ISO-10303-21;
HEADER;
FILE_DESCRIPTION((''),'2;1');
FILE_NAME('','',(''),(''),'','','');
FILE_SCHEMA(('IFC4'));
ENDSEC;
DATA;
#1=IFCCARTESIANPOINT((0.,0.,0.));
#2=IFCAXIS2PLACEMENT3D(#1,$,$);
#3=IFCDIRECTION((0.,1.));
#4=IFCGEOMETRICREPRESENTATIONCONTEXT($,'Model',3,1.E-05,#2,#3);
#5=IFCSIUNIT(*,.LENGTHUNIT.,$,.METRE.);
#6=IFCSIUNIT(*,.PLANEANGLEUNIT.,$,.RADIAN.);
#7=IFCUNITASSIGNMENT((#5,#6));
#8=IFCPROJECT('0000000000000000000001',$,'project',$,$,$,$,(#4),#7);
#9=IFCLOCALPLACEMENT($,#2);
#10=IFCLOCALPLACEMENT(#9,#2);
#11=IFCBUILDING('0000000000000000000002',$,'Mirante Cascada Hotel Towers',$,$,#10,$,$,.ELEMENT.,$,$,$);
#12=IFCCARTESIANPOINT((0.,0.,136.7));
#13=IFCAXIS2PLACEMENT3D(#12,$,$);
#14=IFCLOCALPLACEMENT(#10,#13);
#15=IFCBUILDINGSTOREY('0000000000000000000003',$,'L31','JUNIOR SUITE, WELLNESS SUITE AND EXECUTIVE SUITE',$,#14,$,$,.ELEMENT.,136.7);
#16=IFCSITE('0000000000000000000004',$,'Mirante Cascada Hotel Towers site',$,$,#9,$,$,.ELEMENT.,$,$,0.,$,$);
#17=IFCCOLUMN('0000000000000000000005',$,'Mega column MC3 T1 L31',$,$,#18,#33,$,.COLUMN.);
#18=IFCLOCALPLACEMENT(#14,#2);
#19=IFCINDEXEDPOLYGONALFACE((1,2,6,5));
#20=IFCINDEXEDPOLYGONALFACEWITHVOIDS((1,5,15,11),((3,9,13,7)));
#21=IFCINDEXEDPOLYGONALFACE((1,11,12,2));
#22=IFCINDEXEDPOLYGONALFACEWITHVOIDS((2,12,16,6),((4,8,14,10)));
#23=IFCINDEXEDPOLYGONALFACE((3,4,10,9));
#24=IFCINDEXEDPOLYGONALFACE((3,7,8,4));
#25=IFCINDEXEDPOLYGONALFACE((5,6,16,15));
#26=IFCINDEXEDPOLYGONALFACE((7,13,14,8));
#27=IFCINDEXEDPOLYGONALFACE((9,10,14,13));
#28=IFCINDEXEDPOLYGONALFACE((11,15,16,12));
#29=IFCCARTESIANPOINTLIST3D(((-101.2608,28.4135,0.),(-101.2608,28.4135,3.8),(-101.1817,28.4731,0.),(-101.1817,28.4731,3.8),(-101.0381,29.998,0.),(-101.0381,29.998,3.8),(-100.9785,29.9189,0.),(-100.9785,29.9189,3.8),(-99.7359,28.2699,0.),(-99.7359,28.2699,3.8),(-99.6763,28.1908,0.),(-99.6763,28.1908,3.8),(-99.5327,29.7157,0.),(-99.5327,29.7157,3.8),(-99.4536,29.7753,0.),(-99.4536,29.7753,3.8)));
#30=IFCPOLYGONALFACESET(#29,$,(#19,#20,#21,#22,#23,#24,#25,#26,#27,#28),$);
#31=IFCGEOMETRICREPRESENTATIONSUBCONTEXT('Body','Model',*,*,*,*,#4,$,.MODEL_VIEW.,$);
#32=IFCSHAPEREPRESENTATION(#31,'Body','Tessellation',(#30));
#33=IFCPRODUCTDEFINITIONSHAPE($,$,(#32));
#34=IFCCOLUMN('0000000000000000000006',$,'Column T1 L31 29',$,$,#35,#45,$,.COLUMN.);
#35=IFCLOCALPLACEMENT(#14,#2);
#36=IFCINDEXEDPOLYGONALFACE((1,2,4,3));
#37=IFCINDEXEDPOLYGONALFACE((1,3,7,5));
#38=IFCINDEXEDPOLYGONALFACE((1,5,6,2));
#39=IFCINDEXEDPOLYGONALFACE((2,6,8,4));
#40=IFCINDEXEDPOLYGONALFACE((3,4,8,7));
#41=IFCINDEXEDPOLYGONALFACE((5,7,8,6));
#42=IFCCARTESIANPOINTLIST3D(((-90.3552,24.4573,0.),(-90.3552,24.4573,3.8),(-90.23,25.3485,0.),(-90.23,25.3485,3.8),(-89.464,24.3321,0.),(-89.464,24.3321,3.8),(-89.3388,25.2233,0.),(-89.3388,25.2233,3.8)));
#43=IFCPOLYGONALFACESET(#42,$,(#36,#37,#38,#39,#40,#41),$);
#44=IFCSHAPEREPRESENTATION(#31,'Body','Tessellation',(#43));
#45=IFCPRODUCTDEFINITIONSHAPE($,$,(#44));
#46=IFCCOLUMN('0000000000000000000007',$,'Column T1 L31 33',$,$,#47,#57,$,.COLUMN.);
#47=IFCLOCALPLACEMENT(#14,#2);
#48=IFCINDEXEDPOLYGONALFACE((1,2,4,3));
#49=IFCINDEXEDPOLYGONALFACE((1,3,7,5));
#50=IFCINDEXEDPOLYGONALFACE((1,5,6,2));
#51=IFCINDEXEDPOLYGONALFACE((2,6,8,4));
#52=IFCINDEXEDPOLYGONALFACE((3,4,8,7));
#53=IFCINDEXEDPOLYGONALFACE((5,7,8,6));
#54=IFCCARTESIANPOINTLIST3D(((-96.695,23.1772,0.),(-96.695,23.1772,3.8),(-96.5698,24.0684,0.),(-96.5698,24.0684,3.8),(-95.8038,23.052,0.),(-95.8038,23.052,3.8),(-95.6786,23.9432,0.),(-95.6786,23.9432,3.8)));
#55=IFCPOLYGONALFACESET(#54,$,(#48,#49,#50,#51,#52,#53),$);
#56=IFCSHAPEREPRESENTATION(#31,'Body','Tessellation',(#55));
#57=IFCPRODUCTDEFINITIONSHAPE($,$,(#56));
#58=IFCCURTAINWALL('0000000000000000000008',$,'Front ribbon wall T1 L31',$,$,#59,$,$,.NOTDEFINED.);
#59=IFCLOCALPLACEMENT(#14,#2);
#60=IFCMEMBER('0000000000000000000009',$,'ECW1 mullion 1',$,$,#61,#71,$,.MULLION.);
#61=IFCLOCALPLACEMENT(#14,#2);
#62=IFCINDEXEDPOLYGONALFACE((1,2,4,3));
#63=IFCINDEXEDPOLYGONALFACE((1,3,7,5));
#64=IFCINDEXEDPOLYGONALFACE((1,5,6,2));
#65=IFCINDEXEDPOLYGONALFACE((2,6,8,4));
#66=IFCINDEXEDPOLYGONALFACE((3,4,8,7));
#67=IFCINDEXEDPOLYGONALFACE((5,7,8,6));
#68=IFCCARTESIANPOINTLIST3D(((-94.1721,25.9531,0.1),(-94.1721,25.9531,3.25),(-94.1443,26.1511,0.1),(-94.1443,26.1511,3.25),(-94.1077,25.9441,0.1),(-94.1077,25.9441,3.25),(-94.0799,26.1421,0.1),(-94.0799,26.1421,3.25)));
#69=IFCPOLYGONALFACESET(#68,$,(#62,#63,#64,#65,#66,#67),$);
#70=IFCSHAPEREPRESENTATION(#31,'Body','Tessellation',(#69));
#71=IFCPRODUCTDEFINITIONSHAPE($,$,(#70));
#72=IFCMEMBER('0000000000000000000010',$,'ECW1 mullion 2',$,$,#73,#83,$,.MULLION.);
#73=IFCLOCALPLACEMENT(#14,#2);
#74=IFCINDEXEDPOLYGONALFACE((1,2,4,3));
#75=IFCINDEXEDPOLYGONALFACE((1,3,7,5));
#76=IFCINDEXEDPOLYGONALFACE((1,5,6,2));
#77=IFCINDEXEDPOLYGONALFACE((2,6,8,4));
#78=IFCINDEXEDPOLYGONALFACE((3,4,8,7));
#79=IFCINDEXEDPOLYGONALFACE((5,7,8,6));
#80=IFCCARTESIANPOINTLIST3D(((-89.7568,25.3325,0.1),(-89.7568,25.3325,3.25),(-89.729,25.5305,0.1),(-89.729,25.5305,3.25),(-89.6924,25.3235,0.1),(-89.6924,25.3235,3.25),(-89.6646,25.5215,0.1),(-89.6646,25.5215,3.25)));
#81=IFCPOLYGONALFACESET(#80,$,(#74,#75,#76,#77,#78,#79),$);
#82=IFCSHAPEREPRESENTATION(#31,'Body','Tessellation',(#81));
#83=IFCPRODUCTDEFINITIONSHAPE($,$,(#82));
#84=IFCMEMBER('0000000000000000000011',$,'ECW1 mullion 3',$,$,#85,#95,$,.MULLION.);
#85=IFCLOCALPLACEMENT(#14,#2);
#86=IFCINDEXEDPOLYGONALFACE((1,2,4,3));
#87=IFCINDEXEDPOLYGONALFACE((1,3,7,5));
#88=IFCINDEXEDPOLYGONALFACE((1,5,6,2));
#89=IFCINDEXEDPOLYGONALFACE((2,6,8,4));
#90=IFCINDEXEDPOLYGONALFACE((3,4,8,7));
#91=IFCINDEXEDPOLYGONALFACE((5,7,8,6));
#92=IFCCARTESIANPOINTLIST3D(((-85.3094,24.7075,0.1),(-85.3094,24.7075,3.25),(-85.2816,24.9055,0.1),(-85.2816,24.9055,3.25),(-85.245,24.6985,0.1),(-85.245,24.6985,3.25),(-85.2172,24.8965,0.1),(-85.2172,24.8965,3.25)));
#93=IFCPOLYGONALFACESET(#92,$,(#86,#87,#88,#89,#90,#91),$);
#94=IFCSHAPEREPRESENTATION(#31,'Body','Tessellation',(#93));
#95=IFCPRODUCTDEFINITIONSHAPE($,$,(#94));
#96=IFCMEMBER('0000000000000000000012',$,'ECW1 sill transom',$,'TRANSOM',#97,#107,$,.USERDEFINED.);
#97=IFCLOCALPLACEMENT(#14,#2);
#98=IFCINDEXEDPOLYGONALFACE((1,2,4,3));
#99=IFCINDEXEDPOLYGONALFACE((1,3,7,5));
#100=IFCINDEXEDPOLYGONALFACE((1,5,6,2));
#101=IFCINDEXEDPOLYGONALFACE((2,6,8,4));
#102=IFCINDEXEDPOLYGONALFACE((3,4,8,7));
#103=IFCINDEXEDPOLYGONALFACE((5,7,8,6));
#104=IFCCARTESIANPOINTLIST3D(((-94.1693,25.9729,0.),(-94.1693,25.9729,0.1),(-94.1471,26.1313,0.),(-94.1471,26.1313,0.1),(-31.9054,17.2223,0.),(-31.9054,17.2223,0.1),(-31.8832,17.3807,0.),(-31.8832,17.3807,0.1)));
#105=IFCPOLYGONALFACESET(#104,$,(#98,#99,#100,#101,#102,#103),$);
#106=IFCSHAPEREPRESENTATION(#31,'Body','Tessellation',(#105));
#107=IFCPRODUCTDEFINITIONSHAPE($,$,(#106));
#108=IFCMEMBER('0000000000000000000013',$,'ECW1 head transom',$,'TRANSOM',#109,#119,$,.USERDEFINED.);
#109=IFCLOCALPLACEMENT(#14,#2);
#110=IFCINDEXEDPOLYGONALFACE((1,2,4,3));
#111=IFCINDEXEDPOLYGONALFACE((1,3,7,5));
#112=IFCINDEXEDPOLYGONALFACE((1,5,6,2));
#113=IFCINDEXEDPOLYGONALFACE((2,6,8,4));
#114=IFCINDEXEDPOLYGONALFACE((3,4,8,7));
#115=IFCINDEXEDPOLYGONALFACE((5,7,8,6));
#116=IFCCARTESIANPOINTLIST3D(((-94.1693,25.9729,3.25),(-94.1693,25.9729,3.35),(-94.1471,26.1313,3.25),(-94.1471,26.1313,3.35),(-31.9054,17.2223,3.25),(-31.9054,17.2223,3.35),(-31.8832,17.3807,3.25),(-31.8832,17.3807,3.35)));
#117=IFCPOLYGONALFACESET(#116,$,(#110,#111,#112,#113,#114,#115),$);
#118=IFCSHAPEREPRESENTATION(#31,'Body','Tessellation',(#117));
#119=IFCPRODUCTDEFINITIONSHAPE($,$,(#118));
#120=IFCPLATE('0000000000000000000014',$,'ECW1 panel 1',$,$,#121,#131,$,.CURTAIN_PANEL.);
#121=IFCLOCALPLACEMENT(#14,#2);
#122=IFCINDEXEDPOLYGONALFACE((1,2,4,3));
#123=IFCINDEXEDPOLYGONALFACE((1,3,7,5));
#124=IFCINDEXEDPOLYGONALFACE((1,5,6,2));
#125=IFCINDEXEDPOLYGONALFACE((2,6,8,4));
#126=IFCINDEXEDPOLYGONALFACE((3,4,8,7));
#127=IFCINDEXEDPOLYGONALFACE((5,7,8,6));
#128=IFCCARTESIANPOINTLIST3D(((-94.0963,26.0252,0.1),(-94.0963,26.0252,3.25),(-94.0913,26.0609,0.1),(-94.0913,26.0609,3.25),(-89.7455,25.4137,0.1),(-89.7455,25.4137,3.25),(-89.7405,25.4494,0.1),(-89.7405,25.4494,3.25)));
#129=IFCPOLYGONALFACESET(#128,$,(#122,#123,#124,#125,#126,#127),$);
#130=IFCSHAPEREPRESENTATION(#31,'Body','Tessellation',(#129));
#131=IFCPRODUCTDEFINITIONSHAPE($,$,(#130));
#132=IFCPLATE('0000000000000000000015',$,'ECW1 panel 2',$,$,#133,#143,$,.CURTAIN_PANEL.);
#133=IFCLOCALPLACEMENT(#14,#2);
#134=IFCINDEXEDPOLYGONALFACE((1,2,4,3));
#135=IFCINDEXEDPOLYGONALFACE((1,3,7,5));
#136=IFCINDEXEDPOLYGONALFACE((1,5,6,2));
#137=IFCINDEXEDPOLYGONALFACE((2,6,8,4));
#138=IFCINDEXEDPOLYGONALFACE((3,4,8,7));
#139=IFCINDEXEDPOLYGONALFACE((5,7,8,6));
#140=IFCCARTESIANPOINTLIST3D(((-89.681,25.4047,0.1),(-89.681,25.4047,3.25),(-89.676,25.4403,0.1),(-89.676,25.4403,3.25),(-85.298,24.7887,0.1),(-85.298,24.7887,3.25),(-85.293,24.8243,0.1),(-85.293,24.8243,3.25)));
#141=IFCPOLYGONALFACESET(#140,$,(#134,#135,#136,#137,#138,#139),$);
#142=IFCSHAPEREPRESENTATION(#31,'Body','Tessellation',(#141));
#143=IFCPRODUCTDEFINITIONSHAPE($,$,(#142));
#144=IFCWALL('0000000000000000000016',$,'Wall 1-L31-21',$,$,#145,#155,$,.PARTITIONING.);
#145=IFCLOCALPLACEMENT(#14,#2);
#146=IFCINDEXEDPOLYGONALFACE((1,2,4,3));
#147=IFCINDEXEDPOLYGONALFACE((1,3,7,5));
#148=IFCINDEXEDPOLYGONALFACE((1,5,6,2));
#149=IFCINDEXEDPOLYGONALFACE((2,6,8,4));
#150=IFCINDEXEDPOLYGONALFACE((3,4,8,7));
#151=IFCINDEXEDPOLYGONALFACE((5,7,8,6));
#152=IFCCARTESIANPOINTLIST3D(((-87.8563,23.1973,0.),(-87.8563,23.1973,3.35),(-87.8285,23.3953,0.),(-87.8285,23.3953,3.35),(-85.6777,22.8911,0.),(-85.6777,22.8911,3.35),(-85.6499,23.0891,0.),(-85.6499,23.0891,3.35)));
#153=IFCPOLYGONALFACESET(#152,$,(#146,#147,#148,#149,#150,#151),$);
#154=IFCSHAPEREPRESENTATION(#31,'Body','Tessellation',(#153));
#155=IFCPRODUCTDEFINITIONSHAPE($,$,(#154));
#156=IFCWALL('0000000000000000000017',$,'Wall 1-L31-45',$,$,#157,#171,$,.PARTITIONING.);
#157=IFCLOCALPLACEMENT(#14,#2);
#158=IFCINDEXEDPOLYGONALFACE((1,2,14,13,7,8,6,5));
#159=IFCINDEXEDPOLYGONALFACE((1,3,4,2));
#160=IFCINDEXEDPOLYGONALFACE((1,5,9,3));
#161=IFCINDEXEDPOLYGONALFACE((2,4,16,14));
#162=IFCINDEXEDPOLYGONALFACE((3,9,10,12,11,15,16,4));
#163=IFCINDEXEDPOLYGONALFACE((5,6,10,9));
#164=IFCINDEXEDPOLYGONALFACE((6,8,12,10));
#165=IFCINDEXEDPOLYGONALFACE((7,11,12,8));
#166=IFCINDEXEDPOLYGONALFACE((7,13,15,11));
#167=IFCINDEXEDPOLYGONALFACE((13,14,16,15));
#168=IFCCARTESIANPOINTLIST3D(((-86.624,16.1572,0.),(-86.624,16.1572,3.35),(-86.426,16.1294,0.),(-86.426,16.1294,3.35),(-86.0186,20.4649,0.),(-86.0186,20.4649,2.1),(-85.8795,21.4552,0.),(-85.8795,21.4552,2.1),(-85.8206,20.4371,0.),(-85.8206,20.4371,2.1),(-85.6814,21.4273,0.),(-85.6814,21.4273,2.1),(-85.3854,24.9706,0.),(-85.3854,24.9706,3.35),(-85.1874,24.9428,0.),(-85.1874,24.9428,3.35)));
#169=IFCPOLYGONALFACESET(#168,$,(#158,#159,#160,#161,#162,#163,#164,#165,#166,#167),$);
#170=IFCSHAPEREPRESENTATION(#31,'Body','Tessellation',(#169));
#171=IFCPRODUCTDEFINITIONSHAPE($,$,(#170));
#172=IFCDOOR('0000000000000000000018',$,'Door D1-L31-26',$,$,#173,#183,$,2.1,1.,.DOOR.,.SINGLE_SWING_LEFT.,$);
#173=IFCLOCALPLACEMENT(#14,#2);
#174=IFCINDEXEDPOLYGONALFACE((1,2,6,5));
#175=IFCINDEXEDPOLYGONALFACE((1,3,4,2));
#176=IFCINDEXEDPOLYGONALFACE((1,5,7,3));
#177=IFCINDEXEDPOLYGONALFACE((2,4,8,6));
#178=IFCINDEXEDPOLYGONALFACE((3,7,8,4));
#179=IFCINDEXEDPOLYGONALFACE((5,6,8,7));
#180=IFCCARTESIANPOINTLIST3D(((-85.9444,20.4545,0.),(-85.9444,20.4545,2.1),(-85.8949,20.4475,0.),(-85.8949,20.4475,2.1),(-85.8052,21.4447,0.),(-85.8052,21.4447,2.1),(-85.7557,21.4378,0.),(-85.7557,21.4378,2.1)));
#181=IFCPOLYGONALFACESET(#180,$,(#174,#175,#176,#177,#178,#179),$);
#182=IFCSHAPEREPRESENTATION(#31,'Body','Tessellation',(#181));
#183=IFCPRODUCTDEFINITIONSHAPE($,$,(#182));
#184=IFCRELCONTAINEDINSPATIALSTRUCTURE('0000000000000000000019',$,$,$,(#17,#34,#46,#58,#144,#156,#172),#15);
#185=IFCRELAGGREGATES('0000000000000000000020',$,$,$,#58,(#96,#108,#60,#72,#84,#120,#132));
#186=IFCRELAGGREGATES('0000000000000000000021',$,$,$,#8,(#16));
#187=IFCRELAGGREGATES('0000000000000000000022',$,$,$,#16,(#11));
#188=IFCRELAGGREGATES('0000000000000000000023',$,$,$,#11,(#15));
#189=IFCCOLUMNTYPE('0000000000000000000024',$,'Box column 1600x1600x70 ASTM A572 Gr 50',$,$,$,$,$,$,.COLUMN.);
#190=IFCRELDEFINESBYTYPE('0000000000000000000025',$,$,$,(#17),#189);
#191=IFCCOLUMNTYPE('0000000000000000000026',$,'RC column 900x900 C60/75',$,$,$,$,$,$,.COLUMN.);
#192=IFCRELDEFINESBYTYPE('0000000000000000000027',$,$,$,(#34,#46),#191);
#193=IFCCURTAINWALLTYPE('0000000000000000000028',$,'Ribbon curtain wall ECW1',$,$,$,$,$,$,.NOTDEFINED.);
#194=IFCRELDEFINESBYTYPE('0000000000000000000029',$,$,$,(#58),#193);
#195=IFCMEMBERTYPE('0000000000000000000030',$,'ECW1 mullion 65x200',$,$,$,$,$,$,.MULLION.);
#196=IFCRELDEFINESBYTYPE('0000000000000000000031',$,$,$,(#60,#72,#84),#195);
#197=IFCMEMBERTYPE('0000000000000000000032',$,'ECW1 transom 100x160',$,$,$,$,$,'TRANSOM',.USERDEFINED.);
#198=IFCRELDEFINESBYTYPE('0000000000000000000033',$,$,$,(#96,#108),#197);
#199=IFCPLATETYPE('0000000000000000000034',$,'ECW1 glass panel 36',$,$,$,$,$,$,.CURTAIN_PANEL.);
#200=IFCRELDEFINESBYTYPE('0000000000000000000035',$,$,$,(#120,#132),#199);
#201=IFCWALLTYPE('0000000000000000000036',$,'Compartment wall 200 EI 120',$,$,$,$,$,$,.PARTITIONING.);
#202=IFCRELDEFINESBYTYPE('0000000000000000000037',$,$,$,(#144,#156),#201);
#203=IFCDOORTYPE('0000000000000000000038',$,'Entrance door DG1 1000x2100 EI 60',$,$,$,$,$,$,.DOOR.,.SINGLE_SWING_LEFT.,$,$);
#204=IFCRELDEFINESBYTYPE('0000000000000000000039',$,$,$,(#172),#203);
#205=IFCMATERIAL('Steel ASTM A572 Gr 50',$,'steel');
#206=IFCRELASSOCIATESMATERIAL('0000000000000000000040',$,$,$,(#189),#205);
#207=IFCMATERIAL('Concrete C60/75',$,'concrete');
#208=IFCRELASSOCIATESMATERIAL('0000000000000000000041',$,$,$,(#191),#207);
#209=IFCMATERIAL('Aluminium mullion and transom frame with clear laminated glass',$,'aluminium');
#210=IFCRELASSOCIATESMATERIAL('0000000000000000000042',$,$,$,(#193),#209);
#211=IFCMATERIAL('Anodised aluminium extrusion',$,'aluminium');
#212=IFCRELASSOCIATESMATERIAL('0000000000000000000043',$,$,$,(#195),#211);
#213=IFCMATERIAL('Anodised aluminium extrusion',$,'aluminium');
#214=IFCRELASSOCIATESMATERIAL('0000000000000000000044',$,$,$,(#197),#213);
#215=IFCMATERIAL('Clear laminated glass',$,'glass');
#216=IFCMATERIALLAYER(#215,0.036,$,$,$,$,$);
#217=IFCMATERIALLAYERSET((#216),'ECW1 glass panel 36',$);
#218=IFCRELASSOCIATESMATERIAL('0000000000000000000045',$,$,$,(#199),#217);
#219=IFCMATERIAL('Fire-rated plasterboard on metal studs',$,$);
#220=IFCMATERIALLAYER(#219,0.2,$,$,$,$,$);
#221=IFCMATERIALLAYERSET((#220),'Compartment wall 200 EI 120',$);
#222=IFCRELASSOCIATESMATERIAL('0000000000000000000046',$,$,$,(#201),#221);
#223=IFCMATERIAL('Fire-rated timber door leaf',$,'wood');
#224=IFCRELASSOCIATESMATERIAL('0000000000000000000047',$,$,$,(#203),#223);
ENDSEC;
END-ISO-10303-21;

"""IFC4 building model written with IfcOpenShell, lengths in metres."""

from ifc_helpers import new_model, si_unit, direction, frame, frame_2d, origin, origin_2d, place, context, subcontext, project, spatial, rectangle, hollow_rectangle, extrude, material, layer, layer_set, material_profile, profile_set, type_object, element, fill, aggregate, save


model = new_model("IFC4")

# Units and contexts
model_context = context("Model", 3, precision=1e-05, world=origin(), true_north=direction((0.0, 1.0)))
body_context = subcontext(model_context, "Body", "Model", "MODEL_VIEW")
ifc_project = project(units=[si_unit("LENGTHUNIT", "METRE"), si_unit("PLANEANGLEUNIT", "RADIAN")], contexts=[model_context])

# Site, building, storey
site_placement = place(None, origin())
site = spatial("IfcSite", under=ifc_project, at=site_placement, Name="Mirante Cascada Hotel Towers site", CompositionType="ELEMENT", RefElevation=0.0)
building_placement = place(site_placement, origin())
building = spatial("IfcBuilding", under=site, at=building_placement, Name="Mirante Cascada Hotel Towers", CompositionType="ELEMENT")
storey_placement = place(building_placement, frame((0.0, 0.0, 136.7)))
storey = spatial("IfcBuildingStorey", under=building, at=storey_placement, Name="L31", Description="JUNIOR SUITE, WELLNESS SUITE AND EXECUTIVE SUITE", CompositionType="ELEMENT", Elevation=136.7)

# Columns
ifc_material_1 = material(Name="Steel ASTM A572 Gr 50", Category="steel")
ifc_material_profile_1 = material_profile(ifc_material_1, hollow_rectangle(XDim=1.6, YDim=1.6, WallThickness=0.07, at=origin_2d()), Name="Box column 1600x1600x70 ASTM A572 Gr 50")
ifc_profile_set_1 = profile_set([ifc_material_profile_1], Name="Steel ASTM A572 Gr 50")
column_type_1 = type_object("IfcColumnType", Name="Box column 1600x1600x70 ASTM A572 Gr 50", PredefinedType="COLUMN", material=ifc_profile_set_1)
column_placement = place(storey_placement, frame((-100.3572, 29.0944, 0.0), z_axis=(0.0, 0.0, 1.0), x_axis=(-0.990268, 0.139173, 0.0)))
element("IfcColumn", 1, at=column_placement, inside=storey, type_object=column_type_1, Name="Mega column MC3 T1 L31", PredefinedType="COLUMN", context=body_context, shape_type="SweptSolid", body=[
    extrude(hollow_rectangle(XDim=1.6, YDim=1.6, WallThickness=0.07, at=origin_2d()), origin(), (0.0, 0.0, 1.0), 3.8),
])
ifc_material_2 = material(Name="Concrete C60/75", Category="concrete")
ifc_material_profile_2 = material_profile(ifc_material_2, rectangle(XDim=0.9, YDim=0.9, at=origin_2d()), Name="RC column 900x900 C60/75")
ifc_profile_set_2 = profile_set([ifc_material_profile_2], Name="Concrete C60/75")
column_type_2 = type_object("IfcColumnType", Name="RC column 900x900 C60/75", PredefinedType="COLUMN", material=ifc_profile_set_2)
for number, where, z_axis, x_axis, name in (
    (2, (-89.847, 24.8403, 0.0), (0.0, 0.0, 1.0), (-0.990268, 0.139173, 0.0), "Column T1 L31 29"),
    (3, (-96.1868, 23.5602, 0.0), (0.0, 0.0, 1.0), (-0.990268, 0.139173, 0.0), "Column T1 L31 33"),
):
    element("IfcColumn", number, at=place(storey_placement, frame(where, z_axis=z_axis, x_axis=x_axis)), inside=storey, type_object=column_type_2, Name=name, PredefinedType="COLUMN", context=body_context, shape_type="SweptSolid", body=[
        extrude(rectangle(XDim=0.9, YDim=0.9, at=origin_2d()), origin(), (0.0, 0.0, 1.0), 3.8),
    ])

# Curtain wall, members, plates
ifc_material_3 = material(Name="Aluminium mullion and transom frame with clear laminated glass", Category="aluminium")
curtain_wall_type = type_object("IfcCurtainWallType", Name="Ribbon curtain wall ECW1", PredefinedType="NOTDEFINED", material=ifc_material_3)
curtain_wall_placement = place(storey_placement, origin())
curtain_wall = element("IfcCurtainWall", 4, at=curtain_wall_placement, inside=storey, type_object=curtain_wall_type, Name="Front ribbon wall T1 L31", PredefinedType="NOTDEFINED")
ifc_material_4 = material(Name="Anodised aluminium extrusion", Category="aluminium")
ifc_material_profile_3 = material_profile(ifc_material_4, rectangle(XDim=0.2, YDim=0.065, at=origin_2d()), Name="ECW1 MULLION 65x200")
ifc_profile_set_3 = profile_set([ifc_material_profile_3], Name="Anodised aluminium extrusion")
member_type_1 = type_object("IfcMemberType", Name="ECW1 mullion 65x200", PredefinedType="MULLION", material=ifc_profile_set_3)
member_1_placement = place(storey_placement, frame((-94.126, 26.0476, 0.1), z_axis=(0.0, 0.0, 1.0), x_axis=(0.139173, 0.990268, 0.0)))
member_1 = element("IfcMember", 5, at=member_1_placement, type_object=member_type_1, Name="ECW1 mullion 1", PredefinedType="MULLION", context=body_context, shape_type="SweptSolid", body=[
    extrude(rectangle(XDim=0.2, YDim=0.065, at=origin_2d()), origin(), (0.0, 0.0, 1.0), 3.15),
])
member_2_placement = place(storey_placement, frame((-89.7107, 25.427, 0.1), z_axis=(0.0, 0.0, 1.0), x_axis=(0.139173, 0.990268, 0.0)))
member_2 = element("IfcMember", 6, at=member_2_placement, type_object=member_type_1, Name="ECW1 mullion 2", PredefinedType="MULLION", context=body_context, shape_type="SweptSolid", body=[
    extrude(rectangle(XDim=0.2, YDim=0.065, at=origin_2d()), origin(), (0.0, 0.0, 1.0), 3.15),
])
member_3_placement = place(storey_placement, frame((-85.2633, 24.802, 0.1), z_axis=(0.0, 0.0, 1.0), x_axis=(0.139173, 0.990268, 0.0)))
member_3 = element("IfcMember", 7, at=member_3_placement, type_object=member_type_1, Name="ECW1 mullion 3", PredefinedType="MULLION", context=body_context, shape_type="SweptSolid", body=[
    extrude(rectangle(XDim=0.2, YDim=0.065, at=origin_2d()), origin(), (0.0, 0.0, 1.0), 3.15),
])
ifc_material_5 = material(Name="Anodised aluminium extrusion", Category="aluminium")
ifc_material_profile_4 = material_profile(ifc_material_5, rectangle(XDim=0.16, YDim=0.1, at=origin_2d()), Name="ECW1 TRANSOM 100x160")
ifc_profile_set_4 = profile_set([ifc_material_profile_4], Name="Anodised aluminium extrusion")
member_type_2 = type_object("IfcMemberType", Name="ECW1 transom 100x160", ElementType="TRANSOM", PredefinedType="USERDEFINED", material=ifc_profile_set_4)
member_4_placement = place(storey_placement, frame((-94.1582, 26.0521, 0.05), z_axis=(0.990268, -0.139173, 0.0), x_axis=(0.139173, 0.990268, 0.0)))
member_4 = element("IfcMember", 8, at=member_4_placement, type_object=member_type_2, Name="ECW1 sill transom", ObjectType="TRANSOM", PredefinedType="USERDEFINED", context=body_context, shape_type="SweptSolid", body=[
    extrude(rectangle(XDim=0.16, YDim=0.1, at=origin_2d()), origin(), (0.0, 0.0, 1.0), 62.8758),
])
member_5_placement = place(storey_placement, frame((-94.1582, 26.0521, 3.3), z_axis=(0.990268, -0.139173, 0.0), x_axis=(0.139173, 0.990268, 0.0)))
member_5 = element("IfcMember", 9, at=member_5_placement, type_object=member_type_2, Name="ECW1 head transom", ObjectType="TRANSOM", PredefinedType="USERDEFINED", context=body_context, shape_type="SweptSolid", body=[
    extrude(rectangle(XDim=0.16, YDim=0.1, at=origin_2d()), origin(), (0.0, 0.0, 1.0), 62.8758),
])
ifc_material_6 = material(Name="Clear laminated glass", Category="glass")
ifc_layer_1 = layer(ifc_material_6, 0.036)
ifc_layer_set_1 = layer_set([ifc_layer_1], Name="ECW1 glass panel 36")
plate_type = type_object("IfcPlateType", Name="ECW1 glass panel 36", PredefinedType="CURTAIN_PANEL", material=ifc_layer_set_1)
plate_1_placement = place(storey_placement, frame((-91.9184, 25.7373, 0.1), z_axis=(0.0, 0.0, 1.0), x_axis=(0.990268, -0.139173, 0.0)))
plate_1 = element("IfcPlate", 10, at=plate_1_placement, type_object=plate_type, Name="ECW1 panel 1", PredefinedType="CURTAIN_PANEL", context=body_context, shape_type="SweptSolid", body=[
    extrude(rectangle(XDim=4.3936, YDim=0.036, at=origin_2d()), origin(), (0.0, 0.0, 1.0), 3.15),
])
plate_2_placement = place(storey_placement, frame((-87.487, 25.1145, 0.1), z_axis=(0.0, 0.0, 1.0), x_axis=(0.990268, -0.139173, 0.0)))
plate_2 = element("IfcPlate", 11, at=plate_2_placement, type_object=plate_type, Name="ECW1 panel 2", PredefinedType="CURTAIN_PANEL", context=body_context, shape_type="SweptSolid", body=[
    extrude(rectangle(XDim=4.4261, YDim=0.036, at=origin_2d()), origin(), (0.0, 0.0, 1.0), 3.15),
])
aggregate(curtain_wall, [member_4, member_5, member_1, member_2, member_3, plate_1, plate_2])

# Wall
ifc_material_7 = material(Name="Fire-rated plasterboard on metal studs")
ifc_layer_2 = layer(ifc_material_7, 0.2)
ifc_layer_set_2 = layer_set([ifc_layer_2], Name="Compartment wall 200 EI 120")
wall_type_1 = type_object("IfcWallType", Name="Compartment wall 200 EI 120", PredefinedType="PARTITIONING", material=ifc_layer_set_2)
wall_1_placement = place(storey_placement, frame((-87.8424, 23.2963, 0.0), z_axis=(0.0, 0.0, 1.0), x_axis=(0.990267, -0.139181, 0.0)))
element("IfcWall", 12, at=wall_1_placement, inside=storey, type_object=wall_type_1, Name="Wall 1-L31-21", PredefinedType="PARTITIONING", context=body_context, shape_type="SweptSolid", body=[
    extrude(rectangle(XDim=2.2, YDim=0.2, at=frame_2d((1.1, 0.0))), origin(), (0.0, 0.0, 1.0), 3.35),
])

# Wall, opening, door
wall_2_placement = place(storey_placement, frame((-85.2864, 24.9567, 0.0), z_axis=(0.0, 0.0, 1.0), x_axis=(-0.139168, -0.990269, 0.0)))
wall_2 = element("IfcWall", 13, at=wall_2_placement, inside=storey, type_object=wall_type_1, Name="Wall 1-L31-45", PredefinedType="PARTITIONING", context=body_context, shape_type="SweptSolid", body=[
    extrude(rectangle(XDim=8.9, YDim=0.2, at=frame_2d((4.45, 0.0))), origin(), (0.0, 0.0, 1.0), 3.35),
])
opening_1_placement = place(wall_2_placement, frame((3.55, 0.0, 0.0)))
opening_1 = element("IfcOpeningElement", 14, at=opening_1_placement, cuts=wall_2, PredefinedType="OPENING", context=body_context, shape_type="SweptSolid", body=[
    extrude(rectangle(XDim=1.0, YDim=2.1, at=frame_2d((0.5, 1.05))), frame((0.0, 0.1, 0.0), z_axis=(0.0, -1.0, 0.0), x_axis=(1.0, 0.0, 0.0)), (0.0, 0.0, 1.0), 0.2),
])
ifc_material_8 = material(Name="Fire-rated timber door leaf", Category="wood")
door_type_1 = type_object("IfcDoorType", Name="Entrance door DG1 1000x2100 EI 60", OperationType="SINGLE_SWING_LEFT", PredefinedType="DOOR", material=ifc_material_8)
door_1_placement = place(opening_1_placement, origin())
door_1 = element("IfcDoor", 15, at=door_1_placement, inside=storey, type_object=door_type_1, Name="Door D1-L31-26", OperationType="SINGLE_SWING_LEFT", OverallHeight=2.1, OverallWidth=1.0, PredefinedType="DOOR", context=body_context, shape_type="SweptSolid", body=[
    extrude(rectangle(XDim=1.0, YDim=2.1, at=frame_2d((0.5, 1.05))), frame((0.0, 0.025, 0.0), z_axis=(0.0, -1.0, 0.0), x_axis=(1.0, 0.0, 0.0)), (0.0, 0.0, 1.0), 0.05),
])
fill(opening_1, door_1)

save(model, "model.ifc")
